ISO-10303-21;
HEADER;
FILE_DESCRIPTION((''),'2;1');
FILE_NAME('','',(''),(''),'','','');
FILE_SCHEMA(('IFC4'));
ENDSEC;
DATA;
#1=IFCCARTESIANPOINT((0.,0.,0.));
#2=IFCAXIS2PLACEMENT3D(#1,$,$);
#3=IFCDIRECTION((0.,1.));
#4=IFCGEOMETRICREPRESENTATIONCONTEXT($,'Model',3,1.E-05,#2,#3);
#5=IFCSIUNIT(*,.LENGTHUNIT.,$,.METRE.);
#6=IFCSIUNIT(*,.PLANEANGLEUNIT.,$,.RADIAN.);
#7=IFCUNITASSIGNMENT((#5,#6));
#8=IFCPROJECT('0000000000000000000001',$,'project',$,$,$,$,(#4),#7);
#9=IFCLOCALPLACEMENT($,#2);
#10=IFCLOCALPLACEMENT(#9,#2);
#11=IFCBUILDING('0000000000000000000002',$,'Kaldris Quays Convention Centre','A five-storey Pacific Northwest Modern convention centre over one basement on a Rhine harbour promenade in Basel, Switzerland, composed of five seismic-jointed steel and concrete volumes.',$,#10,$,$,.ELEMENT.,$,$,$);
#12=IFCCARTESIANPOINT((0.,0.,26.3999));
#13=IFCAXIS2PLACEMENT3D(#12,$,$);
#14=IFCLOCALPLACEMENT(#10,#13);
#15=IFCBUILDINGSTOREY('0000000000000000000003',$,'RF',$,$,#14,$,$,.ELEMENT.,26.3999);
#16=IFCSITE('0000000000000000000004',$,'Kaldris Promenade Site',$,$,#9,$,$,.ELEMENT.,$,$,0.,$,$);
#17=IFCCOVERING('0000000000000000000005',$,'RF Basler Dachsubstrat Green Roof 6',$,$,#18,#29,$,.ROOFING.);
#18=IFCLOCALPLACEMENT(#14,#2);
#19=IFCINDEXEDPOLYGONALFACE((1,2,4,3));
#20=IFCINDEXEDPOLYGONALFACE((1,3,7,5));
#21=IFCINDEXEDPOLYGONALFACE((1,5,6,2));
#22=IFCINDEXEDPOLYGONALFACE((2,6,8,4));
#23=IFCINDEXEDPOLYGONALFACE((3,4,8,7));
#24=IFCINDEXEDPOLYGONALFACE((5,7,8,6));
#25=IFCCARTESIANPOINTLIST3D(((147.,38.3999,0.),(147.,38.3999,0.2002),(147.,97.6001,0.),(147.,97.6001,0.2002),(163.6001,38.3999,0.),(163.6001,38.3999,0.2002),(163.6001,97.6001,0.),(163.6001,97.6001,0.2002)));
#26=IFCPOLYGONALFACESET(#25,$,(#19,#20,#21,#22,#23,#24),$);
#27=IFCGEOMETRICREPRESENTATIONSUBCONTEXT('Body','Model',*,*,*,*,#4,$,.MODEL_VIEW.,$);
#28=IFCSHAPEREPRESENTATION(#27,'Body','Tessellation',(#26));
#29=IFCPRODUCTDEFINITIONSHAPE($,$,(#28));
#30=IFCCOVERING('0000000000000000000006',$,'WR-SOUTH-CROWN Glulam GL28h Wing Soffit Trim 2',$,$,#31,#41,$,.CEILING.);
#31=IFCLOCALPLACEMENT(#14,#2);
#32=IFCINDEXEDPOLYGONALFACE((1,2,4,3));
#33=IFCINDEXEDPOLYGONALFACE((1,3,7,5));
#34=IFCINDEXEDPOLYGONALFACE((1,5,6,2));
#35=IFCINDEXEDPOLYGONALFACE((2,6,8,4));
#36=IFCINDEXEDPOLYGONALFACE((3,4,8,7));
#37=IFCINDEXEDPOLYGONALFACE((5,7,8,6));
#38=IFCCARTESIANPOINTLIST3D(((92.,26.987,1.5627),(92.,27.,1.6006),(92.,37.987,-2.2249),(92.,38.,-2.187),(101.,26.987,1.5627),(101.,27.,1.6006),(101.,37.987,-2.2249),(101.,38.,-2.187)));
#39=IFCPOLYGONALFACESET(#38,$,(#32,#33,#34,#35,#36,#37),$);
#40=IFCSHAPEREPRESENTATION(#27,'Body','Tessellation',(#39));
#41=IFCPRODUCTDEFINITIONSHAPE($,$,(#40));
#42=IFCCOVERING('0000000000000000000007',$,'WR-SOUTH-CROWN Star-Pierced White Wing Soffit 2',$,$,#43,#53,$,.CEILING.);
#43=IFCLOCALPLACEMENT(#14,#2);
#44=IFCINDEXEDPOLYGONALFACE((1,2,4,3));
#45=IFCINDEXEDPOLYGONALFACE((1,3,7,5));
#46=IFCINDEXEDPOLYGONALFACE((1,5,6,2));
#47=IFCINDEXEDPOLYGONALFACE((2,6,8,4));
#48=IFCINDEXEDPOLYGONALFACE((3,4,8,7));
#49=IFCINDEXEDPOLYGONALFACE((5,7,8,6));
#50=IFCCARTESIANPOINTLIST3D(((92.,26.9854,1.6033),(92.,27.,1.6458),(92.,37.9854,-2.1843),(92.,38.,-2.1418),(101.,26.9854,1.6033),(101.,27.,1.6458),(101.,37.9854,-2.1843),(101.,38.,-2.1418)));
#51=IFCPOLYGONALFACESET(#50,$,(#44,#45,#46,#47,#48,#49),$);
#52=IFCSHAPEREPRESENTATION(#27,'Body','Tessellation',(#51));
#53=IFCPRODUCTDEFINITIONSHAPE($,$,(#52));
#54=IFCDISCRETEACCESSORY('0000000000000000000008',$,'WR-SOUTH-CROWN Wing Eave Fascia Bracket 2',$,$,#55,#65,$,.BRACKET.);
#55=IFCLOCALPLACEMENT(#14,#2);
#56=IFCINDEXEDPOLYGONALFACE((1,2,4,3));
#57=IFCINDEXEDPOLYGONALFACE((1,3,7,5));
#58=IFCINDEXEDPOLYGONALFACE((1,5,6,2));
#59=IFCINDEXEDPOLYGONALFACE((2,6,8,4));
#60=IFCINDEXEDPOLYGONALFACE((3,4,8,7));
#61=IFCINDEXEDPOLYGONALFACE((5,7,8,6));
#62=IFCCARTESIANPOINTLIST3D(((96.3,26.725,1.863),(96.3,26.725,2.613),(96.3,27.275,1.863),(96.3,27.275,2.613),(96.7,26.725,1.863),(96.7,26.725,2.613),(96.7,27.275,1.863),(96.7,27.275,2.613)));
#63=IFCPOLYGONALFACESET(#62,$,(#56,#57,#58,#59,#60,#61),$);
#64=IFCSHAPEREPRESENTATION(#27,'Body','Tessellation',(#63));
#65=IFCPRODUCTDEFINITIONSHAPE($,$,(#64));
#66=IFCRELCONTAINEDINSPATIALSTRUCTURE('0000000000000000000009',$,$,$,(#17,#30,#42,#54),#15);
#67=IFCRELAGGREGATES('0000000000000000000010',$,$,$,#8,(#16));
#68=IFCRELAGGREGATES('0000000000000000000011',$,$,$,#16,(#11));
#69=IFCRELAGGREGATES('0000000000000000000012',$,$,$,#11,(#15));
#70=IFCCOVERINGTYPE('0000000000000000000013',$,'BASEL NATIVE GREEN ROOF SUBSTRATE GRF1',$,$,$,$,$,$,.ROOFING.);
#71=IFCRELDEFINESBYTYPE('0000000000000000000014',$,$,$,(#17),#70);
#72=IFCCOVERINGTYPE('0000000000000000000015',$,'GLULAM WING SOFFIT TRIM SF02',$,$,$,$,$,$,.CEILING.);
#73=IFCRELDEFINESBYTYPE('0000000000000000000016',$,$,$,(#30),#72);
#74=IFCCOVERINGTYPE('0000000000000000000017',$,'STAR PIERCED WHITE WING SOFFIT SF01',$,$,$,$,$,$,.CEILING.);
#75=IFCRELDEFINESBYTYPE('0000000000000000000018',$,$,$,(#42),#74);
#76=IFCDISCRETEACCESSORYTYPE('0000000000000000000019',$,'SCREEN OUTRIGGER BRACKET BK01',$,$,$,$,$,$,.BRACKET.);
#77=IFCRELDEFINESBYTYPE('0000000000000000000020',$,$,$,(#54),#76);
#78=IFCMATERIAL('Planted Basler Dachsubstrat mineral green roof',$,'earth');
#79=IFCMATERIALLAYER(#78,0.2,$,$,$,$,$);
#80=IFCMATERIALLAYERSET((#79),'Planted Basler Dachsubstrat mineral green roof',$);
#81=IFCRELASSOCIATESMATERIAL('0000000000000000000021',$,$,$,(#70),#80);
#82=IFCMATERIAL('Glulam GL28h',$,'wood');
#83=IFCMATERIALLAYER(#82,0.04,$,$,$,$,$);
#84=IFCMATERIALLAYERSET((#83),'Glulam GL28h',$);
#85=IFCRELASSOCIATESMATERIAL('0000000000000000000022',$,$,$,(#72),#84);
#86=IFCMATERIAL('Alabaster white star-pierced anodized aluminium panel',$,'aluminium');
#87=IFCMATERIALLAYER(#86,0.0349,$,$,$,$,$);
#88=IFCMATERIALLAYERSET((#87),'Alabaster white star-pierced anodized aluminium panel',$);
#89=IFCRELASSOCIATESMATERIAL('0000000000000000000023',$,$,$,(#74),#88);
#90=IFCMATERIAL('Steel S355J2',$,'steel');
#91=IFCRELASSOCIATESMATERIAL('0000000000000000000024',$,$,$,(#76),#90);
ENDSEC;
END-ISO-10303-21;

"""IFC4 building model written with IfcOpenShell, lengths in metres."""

from ifc_helpers import new_model, si_unit, direction, frame, origin, origin_2d, place, context, subcontext, project, spatial, polyline, rectangle, outline, extrude, material, layer, layer_set, type_object, element, save


model = new_model("IFC4")

# Units and contexts
model_context = context("Model", 3, precision=1e-05, world=origin(), true_north=direction((0.0, 1.0)))
body_context = subcontext(model_context, "Body", "Model", "MODEL_VIEW")
ifc_project = project(units=[si_unit("LENGTHUNIT", "METRE"), si_unit("PLANEANGLEUNIT", "RADIAN")], contexts=[model_context])

# Site, building, storey
site_placement = place(None, origin())
site = spatial("IfcSite", under=ifc_project, at=site_placement, Name="Kaldris Promenade Site", CompositionType="ELEMENT", RefElevation=0.0)
building_placement = place(site_placement, origin())
building = spatial("IfcBuilding", under=site, at=building_placement, Name="Kaldris Quays Convention Centre", Description="A five-storey Pacific Northwest Modern convention centre over one basement on a Rhine harbour promenade in Basel, Switzerland, composed of five seismic-jointed steel and concrete volumes.", CompositionType="ELEMENT")
storey_placement = place(building_placement, frame((0.0, 0.0, 26.3999)))
storey = spatial("IfcBuildingStorey", under=building, at=storey_placement, Name="RF", CompositionType="ELEMENT", Elevation=26.3999)

# Shared definitions
ifc_material_1 = material(Name="Glulam GL28h", Category="wood")
ifc_material_2 = material(Name="Steel S355J2", Category="steel")

# Shared definitions
ifc_material_3 = material(Name="Alabaster white star-pierced anodized aluminium panel", Category="aluminium")

# Coverings
ifc_material_4 = material(Name="Planted Basler Dachsubstrat mineral green roof", Category="earth")
ifc_layer_1 = layer(ifc_material_4, 0.2)
ifc_layer_set_1 = layer_set([ifc_layer_1], Name="Planted Basler Dachsubstrat mineral green roof")
covering_type_1 = type_object("IfcCoveringType", Name="BASEL NATIVE GREEN ROOF SUBSTRATE GRF1", PredefinedType="ROOFING", material=ifc_layer_set_1)
covering_1_placement = place(storey_placement, origin())
element("IfcCovering", 1, at=covering_1_placement, inside=storey, type_object=covering_type_1, Name="RF Basler Dachsubstrat Green Roof 6", PredefinedType="ROOFING", context=body_context, shape_type="SweptSolid", body=[
    extrude(outline(polyline([(147.0, 38.3999), (163.6001, 38.3999), (163.6001, 97.6001), (147.0, 97.6001), (147.0, 38.3999)])), origin(), (0.0, 0.0, 1.0), 0.2002),
])
ifc_layer_2 = layer(ifc_material_1, 0.04)
ifc_layer_set_2 = layer_set([ifc_layer_2], Name="Glulam GL28h")
covering_type_2 = type_object("IfcCoveringType", Name="GLULAM WING SOFFIT TRIM SF02", PredefinedType="CEILING", material=ifc_layer_set_2)
covering_2_placement = place(storey_placement, frame((92.0, 27.0, 1.6006), z_axis=(0.0, 0.325568, 0.945519), x_axis=(1.0, 0.0, 0.0)))
element("IfcCovering", 2, at=covering_2_placement, inside=storey, type_object=covering_type_2, Name="WR-SOUTH-CROWN Glulam GL28h Wing Soffit Trim 2", PredefinedType="CEILING", context=body_context, shape_type="SweptSolid", body=[
    extrude(outline(polyline([(0.0, 0.0), (9.0, 0.0), (9.0, 11.6338), (0.0, 11.6338), (0.0, 0.0)])), origin(), (0.0, 0.0, -1.0), 0.04),
])
ifc_layer_3 = layer(ifc_material_3, 0.0349)
ifc_layer_set_3 = layer_set([ifc_layer_3], Name="Alabaster white star-pierced anodized aluminium panel")
covering_type_3 = type_object("IfcCoveringType", Name="STAR PIERCED WHITE WING SOFFIT SF01", PredefinedType="CEILING", material=ifc_layer_set_3)
covering_3_placement = place(storey_placement, frame((92.0, 27.0, 1.6458), z_axis=(0.0, 0.325568, 0.945519), x_axis=(1.0, 0.0, 0.0)))
element("IfcCovering", 3, at=covering_3_placement, inside=storey, type_object=covering_type_3, Name="WR-SOUTH-CROWN Star-Pierced White Wing Soffit 2", PredefinedType="CEILING", context=body_context, shape_type="SweptSolid", body=[
    extrude(outline(polyline([(0.0, 0.0), (9.0, 0.0), (9.0, 11.6338), (0.0, 11.6338), (0.0, 0.0)])), origin(), (0.0, 0.0, -1.0), 0.0449),
])

# Discrete accessory
discrete_accessory_type = type_object("IfcDiscreteAccessoryType", Name="SCREEN OUTRIGGER BRACKET BK01", PredefinedType="BRACKET", material=ifc_material_2)
discrete_accessory_placement = place(storey_placement, frame((96.5, 27.0, 1.863), z_axis=(0.0, 0.0, 1.0), x_axis=(1.0, 0.0, 0.0)))
element("IfcDiscreteAccessory", 4, at=discrete_accessory_placement, inside=storey, type_object=discrete_accessory_type, Name="WR-SOUTH-CROWN Wing Eave Fascia Bracket 2", PredefinedType="BRACKET", context=body_context, shape_type="SweptSolid", body=[
    extrude(rectangle(XDim=0.3999, YDim=0.55, at=origin_2d()), origin(), (0.0, 0.0, 1.0), 0.75),
])

save(model, "model.ifc")
